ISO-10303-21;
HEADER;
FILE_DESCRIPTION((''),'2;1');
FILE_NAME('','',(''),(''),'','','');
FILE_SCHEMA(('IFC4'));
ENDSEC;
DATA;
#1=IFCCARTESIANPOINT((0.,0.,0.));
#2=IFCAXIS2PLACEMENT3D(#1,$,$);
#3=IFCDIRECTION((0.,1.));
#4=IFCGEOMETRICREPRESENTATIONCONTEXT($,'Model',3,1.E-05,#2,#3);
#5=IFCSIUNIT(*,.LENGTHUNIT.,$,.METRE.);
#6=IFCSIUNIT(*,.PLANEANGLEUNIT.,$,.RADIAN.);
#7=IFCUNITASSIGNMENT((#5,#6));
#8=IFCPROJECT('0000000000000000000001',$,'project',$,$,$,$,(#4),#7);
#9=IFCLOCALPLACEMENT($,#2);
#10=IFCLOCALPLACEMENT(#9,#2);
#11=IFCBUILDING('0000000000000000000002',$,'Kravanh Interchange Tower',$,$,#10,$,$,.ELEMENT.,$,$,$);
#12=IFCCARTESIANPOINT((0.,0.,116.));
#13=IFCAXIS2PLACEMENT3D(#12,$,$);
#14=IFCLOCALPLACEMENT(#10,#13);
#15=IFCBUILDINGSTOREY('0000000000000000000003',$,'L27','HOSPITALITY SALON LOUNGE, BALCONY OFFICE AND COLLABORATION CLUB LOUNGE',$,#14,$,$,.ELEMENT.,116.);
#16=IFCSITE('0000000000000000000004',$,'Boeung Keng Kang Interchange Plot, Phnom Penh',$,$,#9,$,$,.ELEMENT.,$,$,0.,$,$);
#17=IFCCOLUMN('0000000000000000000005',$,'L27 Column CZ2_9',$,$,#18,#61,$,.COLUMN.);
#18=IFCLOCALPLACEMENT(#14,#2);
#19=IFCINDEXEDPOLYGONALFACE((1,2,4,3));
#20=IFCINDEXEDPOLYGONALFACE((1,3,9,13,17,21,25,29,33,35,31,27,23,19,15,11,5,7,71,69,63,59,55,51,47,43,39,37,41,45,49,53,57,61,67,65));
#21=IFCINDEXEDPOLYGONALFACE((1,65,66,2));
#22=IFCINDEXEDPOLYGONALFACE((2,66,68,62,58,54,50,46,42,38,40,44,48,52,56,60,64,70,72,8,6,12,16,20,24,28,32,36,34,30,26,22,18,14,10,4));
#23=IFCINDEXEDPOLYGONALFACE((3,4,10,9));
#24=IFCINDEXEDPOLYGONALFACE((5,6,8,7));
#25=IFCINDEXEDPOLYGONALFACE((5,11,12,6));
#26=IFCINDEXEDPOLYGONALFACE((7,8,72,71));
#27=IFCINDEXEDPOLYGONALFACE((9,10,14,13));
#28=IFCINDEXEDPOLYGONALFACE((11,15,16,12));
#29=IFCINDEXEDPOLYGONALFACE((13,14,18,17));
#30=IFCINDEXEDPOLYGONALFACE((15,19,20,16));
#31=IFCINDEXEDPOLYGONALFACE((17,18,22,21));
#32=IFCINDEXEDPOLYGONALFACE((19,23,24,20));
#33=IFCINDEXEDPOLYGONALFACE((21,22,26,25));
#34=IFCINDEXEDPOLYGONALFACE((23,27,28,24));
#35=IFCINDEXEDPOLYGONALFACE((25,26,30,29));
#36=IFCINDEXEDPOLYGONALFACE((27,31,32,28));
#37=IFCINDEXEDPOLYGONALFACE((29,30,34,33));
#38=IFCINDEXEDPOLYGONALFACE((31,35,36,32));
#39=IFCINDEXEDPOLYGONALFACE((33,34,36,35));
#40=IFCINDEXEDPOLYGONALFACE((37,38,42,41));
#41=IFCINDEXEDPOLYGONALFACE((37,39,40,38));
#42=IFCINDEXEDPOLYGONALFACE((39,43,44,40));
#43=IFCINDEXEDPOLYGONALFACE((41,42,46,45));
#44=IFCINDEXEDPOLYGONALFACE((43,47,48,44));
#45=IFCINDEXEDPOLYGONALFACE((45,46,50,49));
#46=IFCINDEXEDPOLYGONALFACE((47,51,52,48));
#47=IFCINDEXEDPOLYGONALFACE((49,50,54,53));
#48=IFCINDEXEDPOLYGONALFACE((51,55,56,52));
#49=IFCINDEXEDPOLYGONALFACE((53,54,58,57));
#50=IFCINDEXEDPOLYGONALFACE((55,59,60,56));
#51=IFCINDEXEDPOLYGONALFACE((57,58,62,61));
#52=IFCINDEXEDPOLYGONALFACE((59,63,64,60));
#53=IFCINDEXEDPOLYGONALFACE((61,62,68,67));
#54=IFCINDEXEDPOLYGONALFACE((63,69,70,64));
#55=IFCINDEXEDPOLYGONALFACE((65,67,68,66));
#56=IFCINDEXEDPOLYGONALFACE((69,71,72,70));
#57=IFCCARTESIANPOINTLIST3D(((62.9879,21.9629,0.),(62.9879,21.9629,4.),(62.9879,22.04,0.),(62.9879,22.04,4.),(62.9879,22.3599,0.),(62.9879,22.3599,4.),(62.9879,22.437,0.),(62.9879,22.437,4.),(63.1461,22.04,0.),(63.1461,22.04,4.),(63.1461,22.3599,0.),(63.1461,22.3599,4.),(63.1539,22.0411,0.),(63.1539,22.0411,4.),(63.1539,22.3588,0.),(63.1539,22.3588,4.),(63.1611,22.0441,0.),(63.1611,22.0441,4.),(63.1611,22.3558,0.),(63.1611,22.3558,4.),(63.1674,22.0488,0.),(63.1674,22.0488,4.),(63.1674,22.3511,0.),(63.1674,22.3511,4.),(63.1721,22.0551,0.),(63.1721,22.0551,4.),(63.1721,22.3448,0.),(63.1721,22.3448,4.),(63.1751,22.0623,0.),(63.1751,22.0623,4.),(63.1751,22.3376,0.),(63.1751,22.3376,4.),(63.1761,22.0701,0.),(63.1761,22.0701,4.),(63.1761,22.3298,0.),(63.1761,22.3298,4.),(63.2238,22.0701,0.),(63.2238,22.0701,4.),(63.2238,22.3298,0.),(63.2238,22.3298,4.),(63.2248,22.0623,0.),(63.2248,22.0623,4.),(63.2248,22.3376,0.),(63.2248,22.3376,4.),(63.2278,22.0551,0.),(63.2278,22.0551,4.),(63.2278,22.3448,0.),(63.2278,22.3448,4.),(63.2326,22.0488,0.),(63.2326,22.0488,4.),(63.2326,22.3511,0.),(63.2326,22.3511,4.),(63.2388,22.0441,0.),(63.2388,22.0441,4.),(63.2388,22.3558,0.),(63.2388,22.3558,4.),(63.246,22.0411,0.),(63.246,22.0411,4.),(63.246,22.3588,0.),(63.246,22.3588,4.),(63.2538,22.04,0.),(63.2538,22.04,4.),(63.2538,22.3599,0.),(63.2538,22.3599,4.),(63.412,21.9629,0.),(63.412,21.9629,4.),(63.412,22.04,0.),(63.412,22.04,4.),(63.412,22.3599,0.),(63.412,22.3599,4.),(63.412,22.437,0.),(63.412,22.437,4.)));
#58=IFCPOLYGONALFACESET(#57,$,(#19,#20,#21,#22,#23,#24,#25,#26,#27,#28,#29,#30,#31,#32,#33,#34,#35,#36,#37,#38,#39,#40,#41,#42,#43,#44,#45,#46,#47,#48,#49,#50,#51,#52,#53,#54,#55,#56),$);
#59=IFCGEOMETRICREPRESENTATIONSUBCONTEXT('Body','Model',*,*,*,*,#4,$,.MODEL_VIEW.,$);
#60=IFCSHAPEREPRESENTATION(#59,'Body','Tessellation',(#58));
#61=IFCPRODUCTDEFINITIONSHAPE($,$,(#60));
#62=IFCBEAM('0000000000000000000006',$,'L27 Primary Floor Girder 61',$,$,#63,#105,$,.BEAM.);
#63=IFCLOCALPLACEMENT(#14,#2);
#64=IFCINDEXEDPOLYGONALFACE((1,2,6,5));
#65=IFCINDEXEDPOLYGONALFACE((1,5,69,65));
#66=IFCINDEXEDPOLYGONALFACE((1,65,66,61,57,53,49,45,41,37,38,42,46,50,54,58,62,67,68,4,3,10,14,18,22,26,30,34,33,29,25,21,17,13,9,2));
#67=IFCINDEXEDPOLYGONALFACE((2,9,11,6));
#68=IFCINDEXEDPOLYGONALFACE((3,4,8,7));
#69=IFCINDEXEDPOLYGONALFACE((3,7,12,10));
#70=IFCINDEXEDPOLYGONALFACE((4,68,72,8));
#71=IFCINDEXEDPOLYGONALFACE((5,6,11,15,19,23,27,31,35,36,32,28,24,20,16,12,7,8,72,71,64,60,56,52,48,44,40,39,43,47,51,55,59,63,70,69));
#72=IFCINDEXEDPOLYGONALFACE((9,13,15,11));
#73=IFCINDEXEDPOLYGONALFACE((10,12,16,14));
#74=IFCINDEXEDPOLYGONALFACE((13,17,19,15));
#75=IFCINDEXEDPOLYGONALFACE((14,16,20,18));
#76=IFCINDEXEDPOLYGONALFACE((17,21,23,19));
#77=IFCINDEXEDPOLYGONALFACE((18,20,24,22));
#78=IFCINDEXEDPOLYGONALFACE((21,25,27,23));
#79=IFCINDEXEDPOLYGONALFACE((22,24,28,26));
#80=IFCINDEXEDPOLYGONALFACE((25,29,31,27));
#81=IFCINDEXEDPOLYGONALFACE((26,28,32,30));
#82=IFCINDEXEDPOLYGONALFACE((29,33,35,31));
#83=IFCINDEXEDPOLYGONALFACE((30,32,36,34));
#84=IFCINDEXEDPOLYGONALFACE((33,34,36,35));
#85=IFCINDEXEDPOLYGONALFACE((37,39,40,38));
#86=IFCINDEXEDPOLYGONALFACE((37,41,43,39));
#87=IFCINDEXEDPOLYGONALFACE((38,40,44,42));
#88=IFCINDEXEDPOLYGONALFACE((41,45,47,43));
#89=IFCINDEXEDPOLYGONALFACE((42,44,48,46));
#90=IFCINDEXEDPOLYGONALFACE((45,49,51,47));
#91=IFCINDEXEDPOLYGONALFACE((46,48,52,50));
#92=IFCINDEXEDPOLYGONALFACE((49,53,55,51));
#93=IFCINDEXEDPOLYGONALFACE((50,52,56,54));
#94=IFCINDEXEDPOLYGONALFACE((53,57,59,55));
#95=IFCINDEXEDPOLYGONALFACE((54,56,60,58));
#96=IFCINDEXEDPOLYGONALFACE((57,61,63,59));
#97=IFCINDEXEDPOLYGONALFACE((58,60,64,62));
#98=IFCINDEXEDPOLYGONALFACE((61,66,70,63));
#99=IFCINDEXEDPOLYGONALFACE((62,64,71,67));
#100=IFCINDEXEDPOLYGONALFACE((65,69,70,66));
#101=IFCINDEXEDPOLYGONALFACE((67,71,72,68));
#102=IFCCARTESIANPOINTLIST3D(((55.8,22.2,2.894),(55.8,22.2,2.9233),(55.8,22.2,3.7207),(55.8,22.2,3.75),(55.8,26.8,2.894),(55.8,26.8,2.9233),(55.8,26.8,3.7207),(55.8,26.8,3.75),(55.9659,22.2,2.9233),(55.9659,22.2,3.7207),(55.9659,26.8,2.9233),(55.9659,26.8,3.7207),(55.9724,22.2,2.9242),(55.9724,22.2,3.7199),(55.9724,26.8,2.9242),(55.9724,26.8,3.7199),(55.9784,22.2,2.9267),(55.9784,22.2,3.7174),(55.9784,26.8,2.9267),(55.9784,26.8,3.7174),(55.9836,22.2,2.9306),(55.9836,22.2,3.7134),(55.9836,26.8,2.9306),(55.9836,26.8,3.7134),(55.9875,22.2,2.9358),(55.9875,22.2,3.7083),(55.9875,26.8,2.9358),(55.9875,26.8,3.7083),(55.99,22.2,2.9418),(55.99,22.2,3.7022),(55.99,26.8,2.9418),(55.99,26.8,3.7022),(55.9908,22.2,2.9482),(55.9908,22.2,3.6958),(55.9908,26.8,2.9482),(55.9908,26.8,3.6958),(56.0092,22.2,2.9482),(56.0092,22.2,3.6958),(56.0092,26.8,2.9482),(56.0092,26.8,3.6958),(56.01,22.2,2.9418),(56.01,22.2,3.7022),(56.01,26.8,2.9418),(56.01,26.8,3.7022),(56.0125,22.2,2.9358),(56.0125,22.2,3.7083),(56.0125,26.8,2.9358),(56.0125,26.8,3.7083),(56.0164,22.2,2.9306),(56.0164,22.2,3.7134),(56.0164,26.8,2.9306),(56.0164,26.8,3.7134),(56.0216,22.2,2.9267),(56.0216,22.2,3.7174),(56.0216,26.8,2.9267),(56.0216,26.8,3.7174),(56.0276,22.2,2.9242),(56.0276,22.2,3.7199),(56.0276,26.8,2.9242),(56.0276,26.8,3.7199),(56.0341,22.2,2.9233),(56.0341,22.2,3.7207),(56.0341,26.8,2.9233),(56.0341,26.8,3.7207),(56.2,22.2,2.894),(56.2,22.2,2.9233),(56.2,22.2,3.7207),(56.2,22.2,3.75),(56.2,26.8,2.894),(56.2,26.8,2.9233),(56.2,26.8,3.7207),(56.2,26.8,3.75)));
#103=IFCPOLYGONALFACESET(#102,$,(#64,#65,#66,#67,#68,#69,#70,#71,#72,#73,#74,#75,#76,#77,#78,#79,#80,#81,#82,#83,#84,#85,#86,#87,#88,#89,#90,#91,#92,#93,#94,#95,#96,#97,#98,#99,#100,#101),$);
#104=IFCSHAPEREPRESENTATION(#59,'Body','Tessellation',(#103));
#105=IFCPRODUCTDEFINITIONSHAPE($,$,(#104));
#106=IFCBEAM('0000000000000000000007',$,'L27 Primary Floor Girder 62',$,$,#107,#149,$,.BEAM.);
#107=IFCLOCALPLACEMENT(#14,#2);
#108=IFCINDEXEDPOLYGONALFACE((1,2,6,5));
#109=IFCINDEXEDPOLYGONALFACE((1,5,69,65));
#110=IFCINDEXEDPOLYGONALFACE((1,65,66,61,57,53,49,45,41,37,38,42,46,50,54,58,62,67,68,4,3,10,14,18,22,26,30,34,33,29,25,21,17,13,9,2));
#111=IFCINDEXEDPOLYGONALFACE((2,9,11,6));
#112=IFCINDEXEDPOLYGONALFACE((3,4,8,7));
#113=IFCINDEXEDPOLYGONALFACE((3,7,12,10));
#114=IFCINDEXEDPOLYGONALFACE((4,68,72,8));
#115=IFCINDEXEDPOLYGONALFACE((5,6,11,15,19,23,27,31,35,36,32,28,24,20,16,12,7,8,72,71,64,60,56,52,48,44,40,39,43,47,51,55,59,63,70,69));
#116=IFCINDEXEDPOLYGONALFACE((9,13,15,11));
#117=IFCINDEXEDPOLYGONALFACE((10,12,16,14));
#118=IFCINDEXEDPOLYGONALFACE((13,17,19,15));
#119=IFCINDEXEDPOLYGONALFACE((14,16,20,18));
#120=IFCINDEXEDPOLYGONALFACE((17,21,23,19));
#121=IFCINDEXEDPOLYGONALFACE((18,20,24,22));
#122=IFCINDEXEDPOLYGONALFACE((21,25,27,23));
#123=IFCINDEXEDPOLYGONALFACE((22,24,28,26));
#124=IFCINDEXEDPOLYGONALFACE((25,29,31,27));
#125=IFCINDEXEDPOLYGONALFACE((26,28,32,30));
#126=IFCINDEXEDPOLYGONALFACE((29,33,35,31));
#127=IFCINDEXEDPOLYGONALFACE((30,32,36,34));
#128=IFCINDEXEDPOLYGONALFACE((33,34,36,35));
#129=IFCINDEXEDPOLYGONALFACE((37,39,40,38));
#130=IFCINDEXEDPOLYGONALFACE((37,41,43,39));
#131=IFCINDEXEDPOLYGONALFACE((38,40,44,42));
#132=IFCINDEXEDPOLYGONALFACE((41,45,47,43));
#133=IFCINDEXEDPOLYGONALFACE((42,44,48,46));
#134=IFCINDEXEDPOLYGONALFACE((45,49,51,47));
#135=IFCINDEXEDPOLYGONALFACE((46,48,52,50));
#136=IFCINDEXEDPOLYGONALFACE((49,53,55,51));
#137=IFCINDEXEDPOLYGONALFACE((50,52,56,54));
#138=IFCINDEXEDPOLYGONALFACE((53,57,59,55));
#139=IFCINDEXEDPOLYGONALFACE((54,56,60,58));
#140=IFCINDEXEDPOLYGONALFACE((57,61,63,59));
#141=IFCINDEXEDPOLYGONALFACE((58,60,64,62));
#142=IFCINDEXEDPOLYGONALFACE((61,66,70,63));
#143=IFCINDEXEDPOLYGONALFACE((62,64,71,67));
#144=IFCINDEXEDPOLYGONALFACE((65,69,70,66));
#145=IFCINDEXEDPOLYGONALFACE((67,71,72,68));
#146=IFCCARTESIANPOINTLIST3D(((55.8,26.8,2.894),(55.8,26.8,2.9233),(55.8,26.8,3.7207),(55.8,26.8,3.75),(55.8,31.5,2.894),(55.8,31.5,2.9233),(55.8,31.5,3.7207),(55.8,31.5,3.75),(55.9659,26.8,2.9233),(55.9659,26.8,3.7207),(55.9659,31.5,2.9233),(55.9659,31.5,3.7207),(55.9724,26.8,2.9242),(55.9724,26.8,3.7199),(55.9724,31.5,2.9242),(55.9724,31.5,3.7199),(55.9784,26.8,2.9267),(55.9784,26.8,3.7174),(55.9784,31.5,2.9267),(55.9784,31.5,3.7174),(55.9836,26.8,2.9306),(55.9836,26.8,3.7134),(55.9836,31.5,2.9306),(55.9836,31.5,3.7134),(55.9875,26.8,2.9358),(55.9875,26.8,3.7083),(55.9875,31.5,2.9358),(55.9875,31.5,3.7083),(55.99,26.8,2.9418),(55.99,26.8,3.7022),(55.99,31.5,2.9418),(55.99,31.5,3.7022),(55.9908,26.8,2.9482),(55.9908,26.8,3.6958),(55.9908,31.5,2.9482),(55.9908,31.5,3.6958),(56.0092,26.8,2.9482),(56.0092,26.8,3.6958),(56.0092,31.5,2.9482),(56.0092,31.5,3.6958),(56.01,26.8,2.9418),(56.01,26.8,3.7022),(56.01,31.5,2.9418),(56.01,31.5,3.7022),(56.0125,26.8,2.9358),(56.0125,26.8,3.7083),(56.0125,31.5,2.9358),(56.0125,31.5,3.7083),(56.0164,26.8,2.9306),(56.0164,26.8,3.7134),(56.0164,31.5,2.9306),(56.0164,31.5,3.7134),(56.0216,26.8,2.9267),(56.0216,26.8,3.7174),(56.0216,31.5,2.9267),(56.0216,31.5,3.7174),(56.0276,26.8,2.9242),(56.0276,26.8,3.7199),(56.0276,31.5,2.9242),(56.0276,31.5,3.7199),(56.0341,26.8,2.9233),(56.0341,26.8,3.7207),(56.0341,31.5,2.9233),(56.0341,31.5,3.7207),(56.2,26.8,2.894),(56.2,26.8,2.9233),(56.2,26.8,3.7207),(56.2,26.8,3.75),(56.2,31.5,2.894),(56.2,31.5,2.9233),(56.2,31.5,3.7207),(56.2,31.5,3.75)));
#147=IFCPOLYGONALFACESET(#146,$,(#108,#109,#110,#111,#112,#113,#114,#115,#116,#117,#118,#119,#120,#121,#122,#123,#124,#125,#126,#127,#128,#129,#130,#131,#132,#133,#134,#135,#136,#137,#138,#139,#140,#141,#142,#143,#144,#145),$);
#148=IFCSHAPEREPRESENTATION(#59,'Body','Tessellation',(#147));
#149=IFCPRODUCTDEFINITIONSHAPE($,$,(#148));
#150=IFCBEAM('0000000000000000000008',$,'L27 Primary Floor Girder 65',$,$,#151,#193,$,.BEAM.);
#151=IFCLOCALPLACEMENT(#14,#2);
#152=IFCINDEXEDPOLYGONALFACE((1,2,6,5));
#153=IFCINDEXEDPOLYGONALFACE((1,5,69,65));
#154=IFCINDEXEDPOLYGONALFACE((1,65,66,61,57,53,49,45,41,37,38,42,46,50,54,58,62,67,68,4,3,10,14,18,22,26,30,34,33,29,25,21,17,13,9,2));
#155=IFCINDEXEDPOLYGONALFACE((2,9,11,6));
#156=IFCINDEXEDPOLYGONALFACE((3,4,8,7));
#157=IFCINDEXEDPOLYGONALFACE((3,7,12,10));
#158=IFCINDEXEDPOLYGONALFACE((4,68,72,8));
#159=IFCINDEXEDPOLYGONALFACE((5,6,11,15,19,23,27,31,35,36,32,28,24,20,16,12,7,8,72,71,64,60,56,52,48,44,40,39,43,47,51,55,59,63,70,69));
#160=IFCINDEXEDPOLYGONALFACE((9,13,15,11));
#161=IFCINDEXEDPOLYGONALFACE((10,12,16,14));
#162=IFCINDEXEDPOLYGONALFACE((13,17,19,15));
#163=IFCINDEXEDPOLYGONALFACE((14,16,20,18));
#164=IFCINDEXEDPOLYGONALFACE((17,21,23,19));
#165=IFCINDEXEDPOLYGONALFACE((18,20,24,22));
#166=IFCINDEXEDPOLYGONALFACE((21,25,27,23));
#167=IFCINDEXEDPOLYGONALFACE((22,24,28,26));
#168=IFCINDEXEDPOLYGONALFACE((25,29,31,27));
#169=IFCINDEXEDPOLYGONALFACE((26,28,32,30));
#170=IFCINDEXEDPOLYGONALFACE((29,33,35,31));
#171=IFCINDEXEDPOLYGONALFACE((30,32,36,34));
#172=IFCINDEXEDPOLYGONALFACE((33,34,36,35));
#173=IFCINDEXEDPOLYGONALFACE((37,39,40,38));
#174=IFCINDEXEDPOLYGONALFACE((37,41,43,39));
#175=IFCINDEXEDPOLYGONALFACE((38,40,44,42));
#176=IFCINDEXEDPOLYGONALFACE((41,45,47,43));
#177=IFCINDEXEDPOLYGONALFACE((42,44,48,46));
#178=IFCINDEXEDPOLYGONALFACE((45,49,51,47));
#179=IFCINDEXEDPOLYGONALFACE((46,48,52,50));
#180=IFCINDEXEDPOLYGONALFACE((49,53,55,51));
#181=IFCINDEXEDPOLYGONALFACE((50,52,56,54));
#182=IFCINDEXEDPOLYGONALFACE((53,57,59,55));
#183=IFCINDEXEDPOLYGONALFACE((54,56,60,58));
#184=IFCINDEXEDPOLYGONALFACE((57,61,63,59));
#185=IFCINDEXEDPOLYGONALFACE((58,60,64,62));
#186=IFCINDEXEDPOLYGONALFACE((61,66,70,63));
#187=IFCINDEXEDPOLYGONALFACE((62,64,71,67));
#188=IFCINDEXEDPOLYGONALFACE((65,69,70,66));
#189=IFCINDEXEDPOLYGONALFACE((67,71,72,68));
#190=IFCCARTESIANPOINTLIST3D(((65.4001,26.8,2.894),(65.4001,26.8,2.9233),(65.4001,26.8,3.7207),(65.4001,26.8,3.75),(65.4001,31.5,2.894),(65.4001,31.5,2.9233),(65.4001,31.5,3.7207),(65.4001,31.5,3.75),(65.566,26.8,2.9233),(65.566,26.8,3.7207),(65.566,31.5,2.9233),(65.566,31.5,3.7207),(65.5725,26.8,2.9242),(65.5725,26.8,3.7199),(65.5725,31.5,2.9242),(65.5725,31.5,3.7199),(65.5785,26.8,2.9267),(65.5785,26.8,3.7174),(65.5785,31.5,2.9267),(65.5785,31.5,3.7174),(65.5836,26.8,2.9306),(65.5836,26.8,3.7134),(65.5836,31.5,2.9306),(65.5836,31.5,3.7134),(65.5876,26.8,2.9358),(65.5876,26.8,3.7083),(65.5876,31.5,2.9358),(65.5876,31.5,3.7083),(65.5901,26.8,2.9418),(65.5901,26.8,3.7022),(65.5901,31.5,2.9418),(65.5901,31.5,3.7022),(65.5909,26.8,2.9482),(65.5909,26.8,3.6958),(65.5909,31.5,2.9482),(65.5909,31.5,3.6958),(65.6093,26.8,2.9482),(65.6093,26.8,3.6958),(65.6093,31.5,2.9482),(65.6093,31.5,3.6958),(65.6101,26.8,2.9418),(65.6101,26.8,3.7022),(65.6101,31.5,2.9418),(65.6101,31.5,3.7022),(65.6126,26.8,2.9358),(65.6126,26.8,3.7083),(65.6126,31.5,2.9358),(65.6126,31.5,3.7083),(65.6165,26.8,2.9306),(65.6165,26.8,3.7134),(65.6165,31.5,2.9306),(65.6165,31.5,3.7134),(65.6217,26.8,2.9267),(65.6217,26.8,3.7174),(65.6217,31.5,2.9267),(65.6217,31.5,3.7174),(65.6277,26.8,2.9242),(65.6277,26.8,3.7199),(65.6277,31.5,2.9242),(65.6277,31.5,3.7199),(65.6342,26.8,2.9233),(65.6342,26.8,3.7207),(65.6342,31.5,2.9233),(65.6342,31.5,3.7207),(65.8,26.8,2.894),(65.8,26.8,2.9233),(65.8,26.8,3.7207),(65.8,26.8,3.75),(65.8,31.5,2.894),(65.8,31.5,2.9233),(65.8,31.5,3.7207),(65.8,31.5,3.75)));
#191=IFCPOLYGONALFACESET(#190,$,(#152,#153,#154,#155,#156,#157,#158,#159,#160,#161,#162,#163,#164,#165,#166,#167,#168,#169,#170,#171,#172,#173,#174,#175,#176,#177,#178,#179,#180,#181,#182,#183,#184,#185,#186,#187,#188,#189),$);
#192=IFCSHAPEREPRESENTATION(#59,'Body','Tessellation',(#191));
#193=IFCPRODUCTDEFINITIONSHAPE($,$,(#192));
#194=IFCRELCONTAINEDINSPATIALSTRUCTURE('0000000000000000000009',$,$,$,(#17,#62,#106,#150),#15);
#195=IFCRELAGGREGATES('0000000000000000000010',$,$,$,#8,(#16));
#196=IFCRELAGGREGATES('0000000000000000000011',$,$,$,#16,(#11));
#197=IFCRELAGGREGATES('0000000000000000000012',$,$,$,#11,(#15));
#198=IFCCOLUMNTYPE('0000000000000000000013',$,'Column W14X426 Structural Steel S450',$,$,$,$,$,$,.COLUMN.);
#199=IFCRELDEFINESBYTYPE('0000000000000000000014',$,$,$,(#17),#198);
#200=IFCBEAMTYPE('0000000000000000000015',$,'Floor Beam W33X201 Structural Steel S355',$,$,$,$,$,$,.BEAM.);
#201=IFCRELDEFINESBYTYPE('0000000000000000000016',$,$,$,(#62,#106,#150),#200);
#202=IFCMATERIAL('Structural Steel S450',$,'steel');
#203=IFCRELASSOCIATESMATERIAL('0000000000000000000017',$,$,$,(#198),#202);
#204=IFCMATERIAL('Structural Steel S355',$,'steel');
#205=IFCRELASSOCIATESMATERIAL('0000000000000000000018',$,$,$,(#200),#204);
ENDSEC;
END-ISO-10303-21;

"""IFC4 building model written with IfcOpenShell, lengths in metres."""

from ifc_helpers import new_model, si_unit, direction, frame, origin, origin_2d, place, context, subcontext, project, spatial, i_section, extrude, material, material_profile, profile_set, type_object, element, save


model = new_model("IFC4")

# Units and contexts
model_context = context("Model", 3, precision=1e-05, world=origin(), true_north=direction((0.0, 1.0)))
body_context = subcontext(model_context, "Body", "Model", "MODEL_VIEW")
ifc_project = project(units=[si_unit("LENGTHUNIT", "METRE"), si_unit("PLANEANGLEUNIT", "RADIAN")], contexts=[model_context])

# Site, building, storey
site_placement = place(None, origin())
site = spatial("IfcSite", under=ifc_project, at=site_placement, Name="Boeung Keng Kang Interchange Plot, Phnom Penh", CompositionType="ELEMENT", RefElevation=0.0)
building_placement = place(site_placement, origin())
building = spatial("IfcBuilding", under=site, at=building_placement, Name="Kravanh Interchange Tower", CompositionType="ELEMENT")
storey_placement = place(building_placement, frame((0.0, 0.0, 116.0)))
storey = spatial("IfcBuildingStorey", under=building, at=storey_placement, Name="L27", Description="HOSPITALITY SALON LOUNGE, BALCONY OFFICE AND COLLABORATION CLUB LOUNGE", CompositionType="ELEMENT", Elevation=116.0)

# Column
ifc_material_1 = material(Name="Structural Steel S450", Category="steel")
ifc_material_profile_1 = material_profile(ifc_material_1, i_section(OverallWidth=0.4241, OverallDepth=0.4741, WebThickness=0.0476, FlangeThickness=0.0771, FilletRadius=0.03, at=origin_2d()), Name="W14X426")
ifc_profile_set_1 = profile_set([ifc_material_profile_1], Name="Structural Steel S450")
column_type = type_object("IfcColumnType", Name="Column W14X426 Structural Steel S450", PredefinedType="COLUMN", material=ifc_profile_set_1)
for number, where, z_axis, x_axis, name in (
    (1, (63.2, 22.2, 0.0), (0.0, 0.0, 1.0), (1.0, 0.0, 0.0), "L27 Column CZ2_9"),
):
    element("IfcColumn", number, at=place(storey_placement, frame(where, z_axis=z_axis, x_axis=x_axis)), inside=storey, type_object=column_type, Name=name, PredefinedType="COLUMN", context=body_context, shape_type="SweptSolid", body=[
        extrude(i_section(OverallWidth=0.4241, OverallDepth=0.4741, WebThickness=0.0476, FlangeThickness=0.0771, FilletRadius=0.03, at=origin_2d()), origin(), (0.0, 0.0, 1.0), 4.0),
    ])

# Beams
ifc_material_2 = material(Name="Structural Steel S355", Category="steel")
ifc_material_profile_2 = material_profile(ifc_material_2, i_section(OverallWidth=0.3999, OverallDepth=0.856, WebThickness=0.0183, FlangeThickness=0.0293, FilletRadius=0.0249, at=origin_2d()), Name="W33X201")
ifc_profile_set_2 = profile_set([ifc_material_profile_2], Name="Structural Steel S355")
beam_type_1 = type_object("IfcBeamType", Name="Floor Beam W33X201 Structural Steel S355", PredefinedType="BEAM", material=ifc_profile_set_2)
beam_1_placement = place(storey_placement, frame((56.0, 26.8, 3.322), z_axis=(0.0, -1.0, 0.0), x_axis=(1.0, 0.0, 0.0)))
element("IfcBeam", 2, at=beam_1_placement, inside=storey, type_object=beam_type_1, Name="L27 Primary Floor Girder 61", PredefinedType="BEAM", context=body_context, shape_type="SweptSolid", body=[
    extrude(i_section(OverallWidth=0.3999, OverallDepth=0.856, WebThickness=0.0183, FlangeThickness=0.0293, FilletRadius=0.0249, at=origin_2d()), origin(), (0.0, 0.0, 1.0), 4.6001),
])
for number, where, z_axis, x_axis, name in (
    (3, (56.0, 26.8, 3.322), (0.0, 1.0, 0.0), (-1.0, 0.0, 0.0), "L27 Primary Floor Girder 62"),
    (4, (65.6001, 26.8, 3.322), (0.0, 1.0, 0.0), (-1.0, 0.0, 0.0), "L27 Primary Floor Girder 65"),
):
    element("IfcBeam", number, at=place(storey_placement, frame(where, z_axis=z_axis, x_axis=x_axis)), inside=storey, type_object=beam_type_1, Name=name, PredefinedType="BEAM", context=body_context, shape_type="SweptSolid", body=[
        extrude(i_section(OverallWidth=0.3999, OverallDepth=0.856, WebThickness=0.0183, FlangeThickness=0.0293, FilletRadius=0.0249, at=origin_2d()), origin(), (0.0, 0.0, 1.0), 4.7),
    ])

save(model, "model.ifc")
